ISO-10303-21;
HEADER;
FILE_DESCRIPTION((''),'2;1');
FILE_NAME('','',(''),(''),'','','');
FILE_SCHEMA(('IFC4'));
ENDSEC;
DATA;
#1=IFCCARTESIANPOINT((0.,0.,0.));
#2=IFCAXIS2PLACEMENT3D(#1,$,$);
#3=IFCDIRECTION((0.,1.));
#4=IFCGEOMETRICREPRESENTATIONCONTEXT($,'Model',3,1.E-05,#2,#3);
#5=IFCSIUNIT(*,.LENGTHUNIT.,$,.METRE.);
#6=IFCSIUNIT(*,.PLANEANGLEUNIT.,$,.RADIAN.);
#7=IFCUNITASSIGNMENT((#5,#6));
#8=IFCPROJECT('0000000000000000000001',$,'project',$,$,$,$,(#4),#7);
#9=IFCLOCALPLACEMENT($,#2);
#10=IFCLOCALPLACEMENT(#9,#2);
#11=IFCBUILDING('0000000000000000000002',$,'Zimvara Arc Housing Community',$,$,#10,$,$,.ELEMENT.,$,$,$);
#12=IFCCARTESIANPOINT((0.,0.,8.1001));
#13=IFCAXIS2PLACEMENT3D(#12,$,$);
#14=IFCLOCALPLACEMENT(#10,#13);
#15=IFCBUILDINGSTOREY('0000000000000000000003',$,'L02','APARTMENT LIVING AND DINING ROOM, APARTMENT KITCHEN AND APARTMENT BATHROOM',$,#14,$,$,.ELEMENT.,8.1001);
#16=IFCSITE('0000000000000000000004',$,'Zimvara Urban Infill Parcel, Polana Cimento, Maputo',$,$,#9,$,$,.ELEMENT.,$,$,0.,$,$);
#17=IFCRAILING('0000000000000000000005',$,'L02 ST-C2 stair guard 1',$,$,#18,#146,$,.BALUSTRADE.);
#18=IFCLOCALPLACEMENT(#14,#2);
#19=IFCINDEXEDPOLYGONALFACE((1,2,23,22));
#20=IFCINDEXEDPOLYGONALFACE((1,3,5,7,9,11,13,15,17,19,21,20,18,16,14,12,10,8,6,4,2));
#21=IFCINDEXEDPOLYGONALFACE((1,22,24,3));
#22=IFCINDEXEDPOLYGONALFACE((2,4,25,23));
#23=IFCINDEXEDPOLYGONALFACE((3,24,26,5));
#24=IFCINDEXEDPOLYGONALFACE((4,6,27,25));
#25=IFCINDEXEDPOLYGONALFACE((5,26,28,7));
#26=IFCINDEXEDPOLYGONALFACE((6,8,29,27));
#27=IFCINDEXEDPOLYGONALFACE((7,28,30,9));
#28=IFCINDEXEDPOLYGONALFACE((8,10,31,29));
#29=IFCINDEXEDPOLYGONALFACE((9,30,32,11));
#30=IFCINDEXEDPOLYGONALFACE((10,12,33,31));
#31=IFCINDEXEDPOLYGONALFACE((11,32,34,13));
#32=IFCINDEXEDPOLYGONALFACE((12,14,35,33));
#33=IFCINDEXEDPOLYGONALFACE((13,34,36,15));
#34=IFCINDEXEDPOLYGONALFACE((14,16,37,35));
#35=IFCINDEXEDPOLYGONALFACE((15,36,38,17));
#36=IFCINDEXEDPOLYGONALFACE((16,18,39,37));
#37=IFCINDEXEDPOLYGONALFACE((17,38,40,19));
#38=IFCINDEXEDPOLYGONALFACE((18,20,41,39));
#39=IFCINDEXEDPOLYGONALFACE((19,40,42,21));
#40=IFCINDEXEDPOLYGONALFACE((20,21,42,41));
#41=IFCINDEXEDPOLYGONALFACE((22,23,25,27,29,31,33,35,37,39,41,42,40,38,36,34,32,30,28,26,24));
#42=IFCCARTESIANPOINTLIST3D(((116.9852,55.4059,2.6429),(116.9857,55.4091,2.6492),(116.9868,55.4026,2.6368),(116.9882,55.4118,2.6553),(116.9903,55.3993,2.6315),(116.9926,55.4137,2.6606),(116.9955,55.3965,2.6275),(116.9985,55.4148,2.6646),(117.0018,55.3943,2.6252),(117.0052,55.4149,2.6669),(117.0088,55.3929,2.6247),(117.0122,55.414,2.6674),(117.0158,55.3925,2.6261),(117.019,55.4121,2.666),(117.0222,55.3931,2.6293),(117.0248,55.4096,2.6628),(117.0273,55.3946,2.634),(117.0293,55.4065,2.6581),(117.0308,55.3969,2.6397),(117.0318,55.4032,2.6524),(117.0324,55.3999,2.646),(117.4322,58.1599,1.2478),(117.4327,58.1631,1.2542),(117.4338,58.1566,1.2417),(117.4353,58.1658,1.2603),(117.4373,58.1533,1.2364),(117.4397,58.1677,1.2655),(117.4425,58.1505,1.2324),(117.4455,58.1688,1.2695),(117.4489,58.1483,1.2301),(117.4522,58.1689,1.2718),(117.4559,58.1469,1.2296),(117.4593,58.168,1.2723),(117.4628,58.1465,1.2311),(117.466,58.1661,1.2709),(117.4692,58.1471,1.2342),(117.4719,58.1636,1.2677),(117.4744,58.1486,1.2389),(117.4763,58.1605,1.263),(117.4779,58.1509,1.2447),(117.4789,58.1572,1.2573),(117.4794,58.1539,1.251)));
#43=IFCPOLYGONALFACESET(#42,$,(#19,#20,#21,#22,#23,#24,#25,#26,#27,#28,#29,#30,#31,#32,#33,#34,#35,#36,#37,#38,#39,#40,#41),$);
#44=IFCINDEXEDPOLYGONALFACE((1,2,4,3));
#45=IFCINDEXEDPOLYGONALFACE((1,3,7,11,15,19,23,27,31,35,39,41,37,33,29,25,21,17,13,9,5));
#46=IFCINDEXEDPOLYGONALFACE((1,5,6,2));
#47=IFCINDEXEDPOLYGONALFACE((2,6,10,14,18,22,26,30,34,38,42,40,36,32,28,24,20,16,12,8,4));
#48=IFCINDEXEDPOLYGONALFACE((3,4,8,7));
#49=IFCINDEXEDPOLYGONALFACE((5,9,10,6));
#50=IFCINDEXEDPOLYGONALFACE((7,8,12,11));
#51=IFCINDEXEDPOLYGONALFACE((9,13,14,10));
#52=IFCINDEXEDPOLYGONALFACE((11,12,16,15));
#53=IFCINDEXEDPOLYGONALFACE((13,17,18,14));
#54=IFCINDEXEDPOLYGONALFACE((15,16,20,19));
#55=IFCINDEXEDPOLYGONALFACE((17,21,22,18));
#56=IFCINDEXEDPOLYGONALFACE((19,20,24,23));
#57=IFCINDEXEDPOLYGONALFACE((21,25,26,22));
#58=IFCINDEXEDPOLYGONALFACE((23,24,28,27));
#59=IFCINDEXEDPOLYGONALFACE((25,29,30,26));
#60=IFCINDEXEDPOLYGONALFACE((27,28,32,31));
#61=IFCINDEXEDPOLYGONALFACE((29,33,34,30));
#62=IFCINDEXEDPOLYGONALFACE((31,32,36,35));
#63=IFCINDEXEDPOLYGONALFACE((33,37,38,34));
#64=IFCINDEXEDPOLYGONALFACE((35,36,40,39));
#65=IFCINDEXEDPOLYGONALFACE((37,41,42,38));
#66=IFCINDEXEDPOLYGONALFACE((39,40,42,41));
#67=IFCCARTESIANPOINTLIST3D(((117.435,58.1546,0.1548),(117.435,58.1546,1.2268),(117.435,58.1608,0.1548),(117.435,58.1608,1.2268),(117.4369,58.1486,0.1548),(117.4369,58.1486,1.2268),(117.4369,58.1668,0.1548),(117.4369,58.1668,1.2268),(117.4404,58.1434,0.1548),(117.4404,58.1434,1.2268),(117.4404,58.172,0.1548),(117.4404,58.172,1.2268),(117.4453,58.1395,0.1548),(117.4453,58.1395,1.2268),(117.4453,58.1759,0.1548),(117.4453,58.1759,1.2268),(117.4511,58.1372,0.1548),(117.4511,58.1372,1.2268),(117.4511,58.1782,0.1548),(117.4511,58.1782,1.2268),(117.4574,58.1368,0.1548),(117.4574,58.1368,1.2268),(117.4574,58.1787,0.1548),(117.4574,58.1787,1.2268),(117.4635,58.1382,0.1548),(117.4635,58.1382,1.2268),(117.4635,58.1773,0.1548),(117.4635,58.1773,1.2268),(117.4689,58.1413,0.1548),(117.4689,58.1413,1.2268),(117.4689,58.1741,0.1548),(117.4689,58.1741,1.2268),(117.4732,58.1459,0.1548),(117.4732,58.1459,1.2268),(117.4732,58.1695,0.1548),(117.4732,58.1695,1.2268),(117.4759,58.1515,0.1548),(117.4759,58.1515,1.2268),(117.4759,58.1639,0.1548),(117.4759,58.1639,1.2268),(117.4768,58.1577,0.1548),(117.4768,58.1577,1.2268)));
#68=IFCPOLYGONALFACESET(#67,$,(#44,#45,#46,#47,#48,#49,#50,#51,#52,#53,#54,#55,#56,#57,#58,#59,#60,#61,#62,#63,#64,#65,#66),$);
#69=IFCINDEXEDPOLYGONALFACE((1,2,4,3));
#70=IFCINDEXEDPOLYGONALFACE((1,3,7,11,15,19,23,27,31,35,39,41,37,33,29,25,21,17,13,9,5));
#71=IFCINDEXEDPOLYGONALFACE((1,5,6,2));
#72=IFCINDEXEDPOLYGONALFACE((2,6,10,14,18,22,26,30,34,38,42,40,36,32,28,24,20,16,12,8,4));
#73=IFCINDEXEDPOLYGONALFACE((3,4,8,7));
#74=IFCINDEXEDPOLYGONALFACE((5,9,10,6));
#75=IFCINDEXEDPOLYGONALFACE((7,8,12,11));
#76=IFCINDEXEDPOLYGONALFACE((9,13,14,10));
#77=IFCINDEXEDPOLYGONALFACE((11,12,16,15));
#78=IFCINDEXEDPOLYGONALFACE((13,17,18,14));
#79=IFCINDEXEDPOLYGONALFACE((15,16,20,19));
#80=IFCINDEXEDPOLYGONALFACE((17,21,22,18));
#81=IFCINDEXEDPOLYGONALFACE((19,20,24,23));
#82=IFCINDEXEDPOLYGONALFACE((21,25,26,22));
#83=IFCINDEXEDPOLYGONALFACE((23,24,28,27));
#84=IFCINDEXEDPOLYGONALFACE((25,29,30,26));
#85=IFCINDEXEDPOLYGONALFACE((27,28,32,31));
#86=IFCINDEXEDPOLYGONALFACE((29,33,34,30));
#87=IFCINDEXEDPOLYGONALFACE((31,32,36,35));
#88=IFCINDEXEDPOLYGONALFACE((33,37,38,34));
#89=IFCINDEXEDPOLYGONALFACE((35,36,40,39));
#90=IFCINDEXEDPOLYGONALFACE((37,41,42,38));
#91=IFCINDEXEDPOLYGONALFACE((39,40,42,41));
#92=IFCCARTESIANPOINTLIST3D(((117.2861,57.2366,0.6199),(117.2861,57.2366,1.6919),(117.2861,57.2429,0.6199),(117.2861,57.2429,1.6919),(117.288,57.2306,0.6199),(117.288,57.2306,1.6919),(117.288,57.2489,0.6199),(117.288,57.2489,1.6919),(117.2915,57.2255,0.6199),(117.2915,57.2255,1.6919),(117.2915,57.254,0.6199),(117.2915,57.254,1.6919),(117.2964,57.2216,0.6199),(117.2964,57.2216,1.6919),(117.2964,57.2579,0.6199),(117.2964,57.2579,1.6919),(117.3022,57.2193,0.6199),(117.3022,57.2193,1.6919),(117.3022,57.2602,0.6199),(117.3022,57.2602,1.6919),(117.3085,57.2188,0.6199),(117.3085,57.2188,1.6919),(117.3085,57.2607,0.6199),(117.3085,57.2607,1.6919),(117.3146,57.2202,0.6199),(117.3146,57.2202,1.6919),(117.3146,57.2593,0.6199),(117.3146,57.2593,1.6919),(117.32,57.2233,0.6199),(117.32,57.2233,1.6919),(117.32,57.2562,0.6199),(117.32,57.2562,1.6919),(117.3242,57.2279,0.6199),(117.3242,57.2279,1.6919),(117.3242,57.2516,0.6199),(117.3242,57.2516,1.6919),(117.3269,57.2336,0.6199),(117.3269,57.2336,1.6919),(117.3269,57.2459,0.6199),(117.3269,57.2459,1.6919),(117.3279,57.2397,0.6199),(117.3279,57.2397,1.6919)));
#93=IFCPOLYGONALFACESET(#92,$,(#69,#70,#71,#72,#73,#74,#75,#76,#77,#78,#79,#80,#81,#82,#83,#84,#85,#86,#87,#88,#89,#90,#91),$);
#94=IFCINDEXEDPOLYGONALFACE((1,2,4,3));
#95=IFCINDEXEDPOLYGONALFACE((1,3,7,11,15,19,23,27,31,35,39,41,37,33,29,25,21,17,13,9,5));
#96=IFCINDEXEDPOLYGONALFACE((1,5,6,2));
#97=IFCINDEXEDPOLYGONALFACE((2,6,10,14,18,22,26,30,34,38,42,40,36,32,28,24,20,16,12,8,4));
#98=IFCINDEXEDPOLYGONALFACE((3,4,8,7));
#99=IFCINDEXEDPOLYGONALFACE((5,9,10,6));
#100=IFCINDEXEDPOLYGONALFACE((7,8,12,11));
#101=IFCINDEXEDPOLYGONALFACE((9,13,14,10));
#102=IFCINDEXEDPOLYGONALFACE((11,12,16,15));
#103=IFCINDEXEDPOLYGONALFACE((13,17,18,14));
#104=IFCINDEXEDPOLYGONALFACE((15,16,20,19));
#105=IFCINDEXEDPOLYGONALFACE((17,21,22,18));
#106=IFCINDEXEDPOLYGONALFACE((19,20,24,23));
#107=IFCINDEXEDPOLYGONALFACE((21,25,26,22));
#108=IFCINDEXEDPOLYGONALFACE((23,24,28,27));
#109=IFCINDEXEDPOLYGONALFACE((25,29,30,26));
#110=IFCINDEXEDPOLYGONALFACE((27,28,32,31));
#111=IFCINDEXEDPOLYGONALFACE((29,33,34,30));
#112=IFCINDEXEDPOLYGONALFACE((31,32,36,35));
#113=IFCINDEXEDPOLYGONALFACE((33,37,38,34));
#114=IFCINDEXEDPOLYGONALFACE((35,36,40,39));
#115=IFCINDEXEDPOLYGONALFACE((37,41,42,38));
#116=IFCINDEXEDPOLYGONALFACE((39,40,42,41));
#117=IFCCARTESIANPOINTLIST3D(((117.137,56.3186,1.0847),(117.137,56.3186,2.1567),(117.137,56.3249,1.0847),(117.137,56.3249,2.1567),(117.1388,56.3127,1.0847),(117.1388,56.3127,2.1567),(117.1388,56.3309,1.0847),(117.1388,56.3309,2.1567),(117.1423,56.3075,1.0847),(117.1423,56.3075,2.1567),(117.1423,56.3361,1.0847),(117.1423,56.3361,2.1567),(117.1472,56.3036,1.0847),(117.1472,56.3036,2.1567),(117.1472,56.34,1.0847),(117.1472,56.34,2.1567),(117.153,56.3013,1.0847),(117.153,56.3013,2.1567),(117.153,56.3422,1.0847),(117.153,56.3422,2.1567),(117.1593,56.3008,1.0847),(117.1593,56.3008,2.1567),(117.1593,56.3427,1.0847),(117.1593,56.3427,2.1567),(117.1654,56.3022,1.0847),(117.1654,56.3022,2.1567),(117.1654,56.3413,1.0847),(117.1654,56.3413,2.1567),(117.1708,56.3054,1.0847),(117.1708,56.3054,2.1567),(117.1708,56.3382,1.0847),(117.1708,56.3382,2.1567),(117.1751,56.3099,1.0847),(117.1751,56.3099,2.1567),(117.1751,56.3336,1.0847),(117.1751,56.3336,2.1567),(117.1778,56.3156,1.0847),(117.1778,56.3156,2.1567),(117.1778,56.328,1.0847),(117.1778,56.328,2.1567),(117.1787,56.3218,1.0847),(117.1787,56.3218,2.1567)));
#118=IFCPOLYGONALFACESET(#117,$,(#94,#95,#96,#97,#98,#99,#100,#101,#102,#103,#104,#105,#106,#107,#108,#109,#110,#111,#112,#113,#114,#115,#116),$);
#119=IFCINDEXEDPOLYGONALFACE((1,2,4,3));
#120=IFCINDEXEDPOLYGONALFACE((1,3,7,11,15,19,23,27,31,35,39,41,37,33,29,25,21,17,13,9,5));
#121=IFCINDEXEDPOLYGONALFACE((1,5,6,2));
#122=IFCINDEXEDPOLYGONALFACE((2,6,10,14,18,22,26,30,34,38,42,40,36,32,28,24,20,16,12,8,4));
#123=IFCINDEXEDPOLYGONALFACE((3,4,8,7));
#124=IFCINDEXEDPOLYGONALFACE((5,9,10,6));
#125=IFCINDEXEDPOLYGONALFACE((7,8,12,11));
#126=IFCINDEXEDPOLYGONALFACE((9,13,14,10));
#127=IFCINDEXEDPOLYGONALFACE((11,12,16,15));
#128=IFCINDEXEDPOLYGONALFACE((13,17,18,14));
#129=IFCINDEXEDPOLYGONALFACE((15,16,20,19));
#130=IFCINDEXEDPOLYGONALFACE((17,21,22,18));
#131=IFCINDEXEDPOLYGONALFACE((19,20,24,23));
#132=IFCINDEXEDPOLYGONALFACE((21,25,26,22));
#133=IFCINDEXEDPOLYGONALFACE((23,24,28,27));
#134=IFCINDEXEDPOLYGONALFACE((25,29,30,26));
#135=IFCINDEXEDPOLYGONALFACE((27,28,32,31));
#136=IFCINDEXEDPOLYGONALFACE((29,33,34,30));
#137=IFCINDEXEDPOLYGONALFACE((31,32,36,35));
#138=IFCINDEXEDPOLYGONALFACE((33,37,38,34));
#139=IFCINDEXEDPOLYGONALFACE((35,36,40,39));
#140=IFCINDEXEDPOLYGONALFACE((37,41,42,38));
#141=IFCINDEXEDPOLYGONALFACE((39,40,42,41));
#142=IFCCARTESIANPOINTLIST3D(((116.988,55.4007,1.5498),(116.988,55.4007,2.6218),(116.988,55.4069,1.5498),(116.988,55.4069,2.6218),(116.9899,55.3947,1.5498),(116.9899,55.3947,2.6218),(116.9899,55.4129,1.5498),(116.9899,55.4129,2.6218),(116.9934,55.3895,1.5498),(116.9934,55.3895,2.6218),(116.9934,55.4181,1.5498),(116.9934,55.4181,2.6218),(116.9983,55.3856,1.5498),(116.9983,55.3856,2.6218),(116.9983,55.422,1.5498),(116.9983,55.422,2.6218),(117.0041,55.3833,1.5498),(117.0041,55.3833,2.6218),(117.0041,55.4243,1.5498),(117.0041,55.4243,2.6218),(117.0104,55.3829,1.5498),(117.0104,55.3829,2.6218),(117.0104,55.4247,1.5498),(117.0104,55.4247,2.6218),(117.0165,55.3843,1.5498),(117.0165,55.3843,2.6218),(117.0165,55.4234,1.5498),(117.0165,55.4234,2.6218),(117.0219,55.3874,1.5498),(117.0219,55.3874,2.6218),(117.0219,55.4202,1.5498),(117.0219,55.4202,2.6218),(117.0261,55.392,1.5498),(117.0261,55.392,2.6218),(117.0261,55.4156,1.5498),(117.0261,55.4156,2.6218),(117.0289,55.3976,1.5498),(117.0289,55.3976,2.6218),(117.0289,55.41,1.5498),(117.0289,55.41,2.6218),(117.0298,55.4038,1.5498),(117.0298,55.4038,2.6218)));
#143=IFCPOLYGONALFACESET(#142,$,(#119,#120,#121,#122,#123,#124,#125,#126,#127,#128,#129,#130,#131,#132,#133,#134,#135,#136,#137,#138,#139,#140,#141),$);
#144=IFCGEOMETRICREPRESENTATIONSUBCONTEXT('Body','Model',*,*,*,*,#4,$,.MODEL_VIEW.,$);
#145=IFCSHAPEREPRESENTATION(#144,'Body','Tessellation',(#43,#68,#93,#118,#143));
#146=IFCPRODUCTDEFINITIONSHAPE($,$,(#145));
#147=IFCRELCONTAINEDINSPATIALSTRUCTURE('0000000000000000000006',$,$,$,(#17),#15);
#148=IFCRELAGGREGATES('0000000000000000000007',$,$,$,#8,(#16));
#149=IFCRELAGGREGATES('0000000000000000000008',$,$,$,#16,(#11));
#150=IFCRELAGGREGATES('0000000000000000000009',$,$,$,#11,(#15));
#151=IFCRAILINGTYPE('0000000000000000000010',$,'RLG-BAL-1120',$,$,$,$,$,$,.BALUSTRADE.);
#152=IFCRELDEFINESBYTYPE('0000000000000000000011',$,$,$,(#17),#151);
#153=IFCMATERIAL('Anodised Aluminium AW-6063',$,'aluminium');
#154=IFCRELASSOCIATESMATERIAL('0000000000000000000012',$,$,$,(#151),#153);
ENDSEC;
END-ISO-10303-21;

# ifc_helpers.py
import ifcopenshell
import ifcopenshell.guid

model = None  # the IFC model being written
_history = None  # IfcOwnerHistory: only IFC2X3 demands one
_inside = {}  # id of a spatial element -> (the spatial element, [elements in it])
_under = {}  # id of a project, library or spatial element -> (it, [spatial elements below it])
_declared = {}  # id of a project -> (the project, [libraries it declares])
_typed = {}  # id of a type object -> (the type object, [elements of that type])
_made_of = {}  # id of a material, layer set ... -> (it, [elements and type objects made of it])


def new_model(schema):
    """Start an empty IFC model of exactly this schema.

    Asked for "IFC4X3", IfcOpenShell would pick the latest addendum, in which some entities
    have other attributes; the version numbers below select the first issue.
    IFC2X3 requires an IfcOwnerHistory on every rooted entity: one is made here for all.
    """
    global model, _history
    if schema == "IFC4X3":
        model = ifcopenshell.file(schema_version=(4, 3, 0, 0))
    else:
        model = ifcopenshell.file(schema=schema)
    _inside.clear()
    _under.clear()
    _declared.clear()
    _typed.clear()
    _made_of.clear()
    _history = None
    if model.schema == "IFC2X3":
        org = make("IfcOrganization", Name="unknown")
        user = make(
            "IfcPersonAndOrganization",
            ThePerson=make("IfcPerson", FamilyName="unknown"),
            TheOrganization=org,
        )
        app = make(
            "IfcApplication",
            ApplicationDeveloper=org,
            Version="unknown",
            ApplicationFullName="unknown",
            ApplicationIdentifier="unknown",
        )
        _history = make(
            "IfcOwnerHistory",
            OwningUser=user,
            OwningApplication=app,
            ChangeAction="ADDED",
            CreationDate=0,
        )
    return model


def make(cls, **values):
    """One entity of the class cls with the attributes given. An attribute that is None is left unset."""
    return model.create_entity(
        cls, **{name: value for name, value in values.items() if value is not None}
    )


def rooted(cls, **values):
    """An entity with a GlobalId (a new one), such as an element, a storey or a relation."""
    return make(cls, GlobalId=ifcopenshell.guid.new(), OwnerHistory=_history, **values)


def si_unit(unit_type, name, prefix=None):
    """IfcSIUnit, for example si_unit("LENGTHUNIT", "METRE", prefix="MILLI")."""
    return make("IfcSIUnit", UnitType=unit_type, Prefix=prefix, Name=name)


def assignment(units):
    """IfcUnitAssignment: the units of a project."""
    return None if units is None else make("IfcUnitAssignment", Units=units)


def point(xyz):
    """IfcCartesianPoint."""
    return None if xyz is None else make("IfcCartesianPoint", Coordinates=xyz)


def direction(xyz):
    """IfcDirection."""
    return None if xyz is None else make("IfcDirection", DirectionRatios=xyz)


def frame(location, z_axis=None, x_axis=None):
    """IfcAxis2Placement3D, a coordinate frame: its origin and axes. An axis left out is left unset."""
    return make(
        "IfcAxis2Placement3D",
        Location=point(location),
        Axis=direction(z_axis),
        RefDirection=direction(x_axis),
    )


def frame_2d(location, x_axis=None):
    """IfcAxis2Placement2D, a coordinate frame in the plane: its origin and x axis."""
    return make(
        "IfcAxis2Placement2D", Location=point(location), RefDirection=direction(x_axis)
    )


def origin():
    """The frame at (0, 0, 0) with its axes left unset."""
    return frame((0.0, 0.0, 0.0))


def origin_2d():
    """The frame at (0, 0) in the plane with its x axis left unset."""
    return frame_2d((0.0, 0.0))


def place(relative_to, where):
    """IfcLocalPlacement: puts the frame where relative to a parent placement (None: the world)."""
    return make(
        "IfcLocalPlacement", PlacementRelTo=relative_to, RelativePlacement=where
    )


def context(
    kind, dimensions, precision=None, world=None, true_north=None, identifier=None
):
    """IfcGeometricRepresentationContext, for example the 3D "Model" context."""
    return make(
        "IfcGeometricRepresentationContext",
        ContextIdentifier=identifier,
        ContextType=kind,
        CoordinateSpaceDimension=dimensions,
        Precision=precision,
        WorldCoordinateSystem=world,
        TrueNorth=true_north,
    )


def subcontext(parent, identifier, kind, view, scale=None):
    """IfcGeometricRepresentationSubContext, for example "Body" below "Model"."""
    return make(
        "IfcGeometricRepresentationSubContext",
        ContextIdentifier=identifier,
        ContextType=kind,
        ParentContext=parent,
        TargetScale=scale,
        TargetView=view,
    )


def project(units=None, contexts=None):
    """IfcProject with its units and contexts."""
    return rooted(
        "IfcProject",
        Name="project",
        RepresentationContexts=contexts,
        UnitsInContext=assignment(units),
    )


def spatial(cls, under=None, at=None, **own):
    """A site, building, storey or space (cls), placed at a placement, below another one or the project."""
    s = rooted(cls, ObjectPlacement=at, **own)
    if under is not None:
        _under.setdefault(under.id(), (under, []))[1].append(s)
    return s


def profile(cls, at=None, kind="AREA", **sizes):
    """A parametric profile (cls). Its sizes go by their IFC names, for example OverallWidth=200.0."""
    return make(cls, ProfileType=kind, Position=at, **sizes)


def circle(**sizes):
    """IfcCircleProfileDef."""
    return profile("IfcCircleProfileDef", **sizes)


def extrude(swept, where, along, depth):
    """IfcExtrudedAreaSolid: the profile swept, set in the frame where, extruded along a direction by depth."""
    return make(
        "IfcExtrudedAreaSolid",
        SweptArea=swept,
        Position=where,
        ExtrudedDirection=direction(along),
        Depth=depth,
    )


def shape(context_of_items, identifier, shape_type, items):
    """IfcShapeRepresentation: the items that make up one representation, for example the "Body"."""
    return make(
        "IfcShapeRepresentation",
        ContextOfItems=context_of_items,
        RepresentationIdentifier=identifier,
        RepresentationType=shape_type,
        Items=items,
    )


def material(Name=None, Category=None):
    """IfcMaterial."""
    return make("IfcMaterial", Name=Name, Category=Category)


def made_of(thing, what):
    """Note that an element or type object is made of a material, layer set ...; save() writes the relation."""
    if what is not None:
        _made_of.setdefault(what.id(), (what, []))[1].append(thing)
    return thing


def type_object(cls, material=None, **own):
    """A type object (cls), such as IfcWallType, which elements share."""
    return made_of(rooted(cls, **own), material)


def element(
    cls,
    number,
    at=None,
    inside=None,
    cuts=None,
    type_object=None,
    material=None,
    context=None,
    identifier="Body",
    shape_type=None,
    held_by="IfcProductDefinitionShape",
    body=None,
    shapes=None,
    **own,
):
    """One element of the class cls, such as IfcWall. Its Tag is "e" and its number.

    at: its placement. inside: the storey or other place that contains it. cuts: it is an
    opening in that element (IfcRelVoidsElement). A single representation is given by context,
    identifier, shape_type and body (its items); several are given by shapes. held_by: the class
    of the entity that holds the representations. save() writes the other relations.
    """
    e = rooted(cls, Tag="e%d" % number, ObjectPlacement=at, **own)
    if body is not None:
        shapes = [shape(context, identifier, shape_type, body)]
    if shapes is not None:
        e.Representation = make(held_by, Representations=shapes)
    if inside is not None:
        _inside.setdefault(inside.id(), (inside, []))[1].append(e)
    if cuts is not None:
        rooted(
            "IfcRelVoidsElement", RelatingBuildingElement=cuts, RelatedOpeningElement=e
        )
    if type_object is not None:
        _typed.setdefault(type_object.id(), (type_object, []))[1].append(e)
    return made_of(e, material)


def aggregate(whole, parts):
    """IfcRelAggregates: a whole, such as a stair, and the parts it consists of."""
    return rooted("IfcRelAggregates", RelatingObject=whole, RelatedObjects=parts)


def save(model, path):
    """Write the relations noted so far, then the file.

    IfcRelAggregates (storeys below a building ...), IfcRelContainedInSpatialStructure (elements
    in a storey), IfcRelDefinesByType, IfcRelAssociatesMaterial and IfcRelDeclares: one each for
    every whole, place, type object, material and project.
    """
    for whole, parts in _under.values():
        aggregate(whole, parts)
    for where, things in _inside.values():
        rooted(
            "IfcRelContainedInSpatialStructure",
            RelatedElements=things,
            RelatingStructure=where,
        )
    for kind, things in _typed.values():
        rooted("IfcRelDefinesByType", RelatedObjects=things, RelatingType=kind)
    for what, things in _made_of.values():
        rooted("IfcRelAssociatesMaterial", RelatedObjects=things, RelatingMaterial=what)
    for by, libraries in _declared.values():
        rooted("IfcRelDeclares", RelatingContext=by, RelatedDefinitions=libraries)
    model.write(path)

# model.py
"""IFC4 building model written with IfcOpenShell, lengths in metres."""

from ifc_helpers import new_model, si_unit, direction, frame, origin, origin_2d, place, context, subcontext, project, spatial, circle, extrude, material, type_object, element, save


model = new_model("IFC4")

# Units and contexts
model_context = context("Model", 3, precision=1e-05, world=origin(), true_north=direction((0.0, 1.0)))
body_context = subcontext(model_context, "Body", "Model", "MODEL_VIEW")
ifc_project = project(units=[si_unit("LENGTHUNIT", "METRE"), si_unit("PLANEANGLEUNIT", "RADIAN")], contexts=[model_context])

# Site, building, storey
site_placement = place(None, origin())
site = spatial("IfcSite", under=ifc_project, at=site_placement, Name="Zimvara Urban Infill Parcel, Polana Cimento, Maputo", CompositionType="ELEMENT", RefElevation=0.0)
building_placement = place(site_placement, origin())
building = spatial("IfcBuilding", under=site, at=building_placement, Name="Zimvara Arc Housing Community", CompositionType="ELEMENT")
storey_placement = place(building_placement, frame((0.0, 0.0, 8.1001)))
storey = spatial("IfcBuildingStorey", under=building, at=storey_placement, Name="L02", Description="APARTMENT LIVING AND DINING ROOM, APARTMENT KITCHEN AND APARTMENT BATHROOM", CompositionType="ELEMENT", Elevation=8.1001)

# Railing
ifc_material_1 = material(Name="Anodised Aluminium AW-6063", Category="aluminium")
railing_type_1 = type_object("IfcRailingType", Name="RLG-BAL-1120", PredefinedType="BALUSTRADE", material=ifc_material_1)
railing_1_placement = place(storey_placement, frame((117.4558, 58.1577, 0.1548)))
element("IfcRailing", 1, at=railing_1_placement, inside=storey, type_object=railing_type_1, Name="L02 ST-C2 stair guard 1", PredefinedType="BALUSTRADE", context=body_context, shape_type="SweptSolid", body=[
    extrude(circle(Radius=0.0239, at=origin_2d()), frame((0.0, 0.0, 1.0962), z_axis=(-0.143309, -0.882866, 0.447225), x_axis=(0.98708, -0.160226, 0.0)), (0.0, 0.0, 1.0), 3.1194),
    extrude(circle(Radius=0.021, at=origin_2d()), origin(), (0.0, 0.0, 1.0), 1.072),
    extrude(circle(Radius=0.021, at=origin_2d()), frame((-0.1489, -0.918, 0.4651)), (0.0, 0.0, 1.0), 1.072),
    extrude(circle(Radius=0.021, at=origin_2d()), frame((-0.2981, -1.8359, 0.9299)), (0.0, 0.0, 1.0), 1.072),
    extrude(circle(Radius=0.021, at=origin_2d()), frame((-0.447, -2.7539, 1.395)), (0.0, 0.0, 1.0), 1.072),
])

save(model, "model.ifc")
